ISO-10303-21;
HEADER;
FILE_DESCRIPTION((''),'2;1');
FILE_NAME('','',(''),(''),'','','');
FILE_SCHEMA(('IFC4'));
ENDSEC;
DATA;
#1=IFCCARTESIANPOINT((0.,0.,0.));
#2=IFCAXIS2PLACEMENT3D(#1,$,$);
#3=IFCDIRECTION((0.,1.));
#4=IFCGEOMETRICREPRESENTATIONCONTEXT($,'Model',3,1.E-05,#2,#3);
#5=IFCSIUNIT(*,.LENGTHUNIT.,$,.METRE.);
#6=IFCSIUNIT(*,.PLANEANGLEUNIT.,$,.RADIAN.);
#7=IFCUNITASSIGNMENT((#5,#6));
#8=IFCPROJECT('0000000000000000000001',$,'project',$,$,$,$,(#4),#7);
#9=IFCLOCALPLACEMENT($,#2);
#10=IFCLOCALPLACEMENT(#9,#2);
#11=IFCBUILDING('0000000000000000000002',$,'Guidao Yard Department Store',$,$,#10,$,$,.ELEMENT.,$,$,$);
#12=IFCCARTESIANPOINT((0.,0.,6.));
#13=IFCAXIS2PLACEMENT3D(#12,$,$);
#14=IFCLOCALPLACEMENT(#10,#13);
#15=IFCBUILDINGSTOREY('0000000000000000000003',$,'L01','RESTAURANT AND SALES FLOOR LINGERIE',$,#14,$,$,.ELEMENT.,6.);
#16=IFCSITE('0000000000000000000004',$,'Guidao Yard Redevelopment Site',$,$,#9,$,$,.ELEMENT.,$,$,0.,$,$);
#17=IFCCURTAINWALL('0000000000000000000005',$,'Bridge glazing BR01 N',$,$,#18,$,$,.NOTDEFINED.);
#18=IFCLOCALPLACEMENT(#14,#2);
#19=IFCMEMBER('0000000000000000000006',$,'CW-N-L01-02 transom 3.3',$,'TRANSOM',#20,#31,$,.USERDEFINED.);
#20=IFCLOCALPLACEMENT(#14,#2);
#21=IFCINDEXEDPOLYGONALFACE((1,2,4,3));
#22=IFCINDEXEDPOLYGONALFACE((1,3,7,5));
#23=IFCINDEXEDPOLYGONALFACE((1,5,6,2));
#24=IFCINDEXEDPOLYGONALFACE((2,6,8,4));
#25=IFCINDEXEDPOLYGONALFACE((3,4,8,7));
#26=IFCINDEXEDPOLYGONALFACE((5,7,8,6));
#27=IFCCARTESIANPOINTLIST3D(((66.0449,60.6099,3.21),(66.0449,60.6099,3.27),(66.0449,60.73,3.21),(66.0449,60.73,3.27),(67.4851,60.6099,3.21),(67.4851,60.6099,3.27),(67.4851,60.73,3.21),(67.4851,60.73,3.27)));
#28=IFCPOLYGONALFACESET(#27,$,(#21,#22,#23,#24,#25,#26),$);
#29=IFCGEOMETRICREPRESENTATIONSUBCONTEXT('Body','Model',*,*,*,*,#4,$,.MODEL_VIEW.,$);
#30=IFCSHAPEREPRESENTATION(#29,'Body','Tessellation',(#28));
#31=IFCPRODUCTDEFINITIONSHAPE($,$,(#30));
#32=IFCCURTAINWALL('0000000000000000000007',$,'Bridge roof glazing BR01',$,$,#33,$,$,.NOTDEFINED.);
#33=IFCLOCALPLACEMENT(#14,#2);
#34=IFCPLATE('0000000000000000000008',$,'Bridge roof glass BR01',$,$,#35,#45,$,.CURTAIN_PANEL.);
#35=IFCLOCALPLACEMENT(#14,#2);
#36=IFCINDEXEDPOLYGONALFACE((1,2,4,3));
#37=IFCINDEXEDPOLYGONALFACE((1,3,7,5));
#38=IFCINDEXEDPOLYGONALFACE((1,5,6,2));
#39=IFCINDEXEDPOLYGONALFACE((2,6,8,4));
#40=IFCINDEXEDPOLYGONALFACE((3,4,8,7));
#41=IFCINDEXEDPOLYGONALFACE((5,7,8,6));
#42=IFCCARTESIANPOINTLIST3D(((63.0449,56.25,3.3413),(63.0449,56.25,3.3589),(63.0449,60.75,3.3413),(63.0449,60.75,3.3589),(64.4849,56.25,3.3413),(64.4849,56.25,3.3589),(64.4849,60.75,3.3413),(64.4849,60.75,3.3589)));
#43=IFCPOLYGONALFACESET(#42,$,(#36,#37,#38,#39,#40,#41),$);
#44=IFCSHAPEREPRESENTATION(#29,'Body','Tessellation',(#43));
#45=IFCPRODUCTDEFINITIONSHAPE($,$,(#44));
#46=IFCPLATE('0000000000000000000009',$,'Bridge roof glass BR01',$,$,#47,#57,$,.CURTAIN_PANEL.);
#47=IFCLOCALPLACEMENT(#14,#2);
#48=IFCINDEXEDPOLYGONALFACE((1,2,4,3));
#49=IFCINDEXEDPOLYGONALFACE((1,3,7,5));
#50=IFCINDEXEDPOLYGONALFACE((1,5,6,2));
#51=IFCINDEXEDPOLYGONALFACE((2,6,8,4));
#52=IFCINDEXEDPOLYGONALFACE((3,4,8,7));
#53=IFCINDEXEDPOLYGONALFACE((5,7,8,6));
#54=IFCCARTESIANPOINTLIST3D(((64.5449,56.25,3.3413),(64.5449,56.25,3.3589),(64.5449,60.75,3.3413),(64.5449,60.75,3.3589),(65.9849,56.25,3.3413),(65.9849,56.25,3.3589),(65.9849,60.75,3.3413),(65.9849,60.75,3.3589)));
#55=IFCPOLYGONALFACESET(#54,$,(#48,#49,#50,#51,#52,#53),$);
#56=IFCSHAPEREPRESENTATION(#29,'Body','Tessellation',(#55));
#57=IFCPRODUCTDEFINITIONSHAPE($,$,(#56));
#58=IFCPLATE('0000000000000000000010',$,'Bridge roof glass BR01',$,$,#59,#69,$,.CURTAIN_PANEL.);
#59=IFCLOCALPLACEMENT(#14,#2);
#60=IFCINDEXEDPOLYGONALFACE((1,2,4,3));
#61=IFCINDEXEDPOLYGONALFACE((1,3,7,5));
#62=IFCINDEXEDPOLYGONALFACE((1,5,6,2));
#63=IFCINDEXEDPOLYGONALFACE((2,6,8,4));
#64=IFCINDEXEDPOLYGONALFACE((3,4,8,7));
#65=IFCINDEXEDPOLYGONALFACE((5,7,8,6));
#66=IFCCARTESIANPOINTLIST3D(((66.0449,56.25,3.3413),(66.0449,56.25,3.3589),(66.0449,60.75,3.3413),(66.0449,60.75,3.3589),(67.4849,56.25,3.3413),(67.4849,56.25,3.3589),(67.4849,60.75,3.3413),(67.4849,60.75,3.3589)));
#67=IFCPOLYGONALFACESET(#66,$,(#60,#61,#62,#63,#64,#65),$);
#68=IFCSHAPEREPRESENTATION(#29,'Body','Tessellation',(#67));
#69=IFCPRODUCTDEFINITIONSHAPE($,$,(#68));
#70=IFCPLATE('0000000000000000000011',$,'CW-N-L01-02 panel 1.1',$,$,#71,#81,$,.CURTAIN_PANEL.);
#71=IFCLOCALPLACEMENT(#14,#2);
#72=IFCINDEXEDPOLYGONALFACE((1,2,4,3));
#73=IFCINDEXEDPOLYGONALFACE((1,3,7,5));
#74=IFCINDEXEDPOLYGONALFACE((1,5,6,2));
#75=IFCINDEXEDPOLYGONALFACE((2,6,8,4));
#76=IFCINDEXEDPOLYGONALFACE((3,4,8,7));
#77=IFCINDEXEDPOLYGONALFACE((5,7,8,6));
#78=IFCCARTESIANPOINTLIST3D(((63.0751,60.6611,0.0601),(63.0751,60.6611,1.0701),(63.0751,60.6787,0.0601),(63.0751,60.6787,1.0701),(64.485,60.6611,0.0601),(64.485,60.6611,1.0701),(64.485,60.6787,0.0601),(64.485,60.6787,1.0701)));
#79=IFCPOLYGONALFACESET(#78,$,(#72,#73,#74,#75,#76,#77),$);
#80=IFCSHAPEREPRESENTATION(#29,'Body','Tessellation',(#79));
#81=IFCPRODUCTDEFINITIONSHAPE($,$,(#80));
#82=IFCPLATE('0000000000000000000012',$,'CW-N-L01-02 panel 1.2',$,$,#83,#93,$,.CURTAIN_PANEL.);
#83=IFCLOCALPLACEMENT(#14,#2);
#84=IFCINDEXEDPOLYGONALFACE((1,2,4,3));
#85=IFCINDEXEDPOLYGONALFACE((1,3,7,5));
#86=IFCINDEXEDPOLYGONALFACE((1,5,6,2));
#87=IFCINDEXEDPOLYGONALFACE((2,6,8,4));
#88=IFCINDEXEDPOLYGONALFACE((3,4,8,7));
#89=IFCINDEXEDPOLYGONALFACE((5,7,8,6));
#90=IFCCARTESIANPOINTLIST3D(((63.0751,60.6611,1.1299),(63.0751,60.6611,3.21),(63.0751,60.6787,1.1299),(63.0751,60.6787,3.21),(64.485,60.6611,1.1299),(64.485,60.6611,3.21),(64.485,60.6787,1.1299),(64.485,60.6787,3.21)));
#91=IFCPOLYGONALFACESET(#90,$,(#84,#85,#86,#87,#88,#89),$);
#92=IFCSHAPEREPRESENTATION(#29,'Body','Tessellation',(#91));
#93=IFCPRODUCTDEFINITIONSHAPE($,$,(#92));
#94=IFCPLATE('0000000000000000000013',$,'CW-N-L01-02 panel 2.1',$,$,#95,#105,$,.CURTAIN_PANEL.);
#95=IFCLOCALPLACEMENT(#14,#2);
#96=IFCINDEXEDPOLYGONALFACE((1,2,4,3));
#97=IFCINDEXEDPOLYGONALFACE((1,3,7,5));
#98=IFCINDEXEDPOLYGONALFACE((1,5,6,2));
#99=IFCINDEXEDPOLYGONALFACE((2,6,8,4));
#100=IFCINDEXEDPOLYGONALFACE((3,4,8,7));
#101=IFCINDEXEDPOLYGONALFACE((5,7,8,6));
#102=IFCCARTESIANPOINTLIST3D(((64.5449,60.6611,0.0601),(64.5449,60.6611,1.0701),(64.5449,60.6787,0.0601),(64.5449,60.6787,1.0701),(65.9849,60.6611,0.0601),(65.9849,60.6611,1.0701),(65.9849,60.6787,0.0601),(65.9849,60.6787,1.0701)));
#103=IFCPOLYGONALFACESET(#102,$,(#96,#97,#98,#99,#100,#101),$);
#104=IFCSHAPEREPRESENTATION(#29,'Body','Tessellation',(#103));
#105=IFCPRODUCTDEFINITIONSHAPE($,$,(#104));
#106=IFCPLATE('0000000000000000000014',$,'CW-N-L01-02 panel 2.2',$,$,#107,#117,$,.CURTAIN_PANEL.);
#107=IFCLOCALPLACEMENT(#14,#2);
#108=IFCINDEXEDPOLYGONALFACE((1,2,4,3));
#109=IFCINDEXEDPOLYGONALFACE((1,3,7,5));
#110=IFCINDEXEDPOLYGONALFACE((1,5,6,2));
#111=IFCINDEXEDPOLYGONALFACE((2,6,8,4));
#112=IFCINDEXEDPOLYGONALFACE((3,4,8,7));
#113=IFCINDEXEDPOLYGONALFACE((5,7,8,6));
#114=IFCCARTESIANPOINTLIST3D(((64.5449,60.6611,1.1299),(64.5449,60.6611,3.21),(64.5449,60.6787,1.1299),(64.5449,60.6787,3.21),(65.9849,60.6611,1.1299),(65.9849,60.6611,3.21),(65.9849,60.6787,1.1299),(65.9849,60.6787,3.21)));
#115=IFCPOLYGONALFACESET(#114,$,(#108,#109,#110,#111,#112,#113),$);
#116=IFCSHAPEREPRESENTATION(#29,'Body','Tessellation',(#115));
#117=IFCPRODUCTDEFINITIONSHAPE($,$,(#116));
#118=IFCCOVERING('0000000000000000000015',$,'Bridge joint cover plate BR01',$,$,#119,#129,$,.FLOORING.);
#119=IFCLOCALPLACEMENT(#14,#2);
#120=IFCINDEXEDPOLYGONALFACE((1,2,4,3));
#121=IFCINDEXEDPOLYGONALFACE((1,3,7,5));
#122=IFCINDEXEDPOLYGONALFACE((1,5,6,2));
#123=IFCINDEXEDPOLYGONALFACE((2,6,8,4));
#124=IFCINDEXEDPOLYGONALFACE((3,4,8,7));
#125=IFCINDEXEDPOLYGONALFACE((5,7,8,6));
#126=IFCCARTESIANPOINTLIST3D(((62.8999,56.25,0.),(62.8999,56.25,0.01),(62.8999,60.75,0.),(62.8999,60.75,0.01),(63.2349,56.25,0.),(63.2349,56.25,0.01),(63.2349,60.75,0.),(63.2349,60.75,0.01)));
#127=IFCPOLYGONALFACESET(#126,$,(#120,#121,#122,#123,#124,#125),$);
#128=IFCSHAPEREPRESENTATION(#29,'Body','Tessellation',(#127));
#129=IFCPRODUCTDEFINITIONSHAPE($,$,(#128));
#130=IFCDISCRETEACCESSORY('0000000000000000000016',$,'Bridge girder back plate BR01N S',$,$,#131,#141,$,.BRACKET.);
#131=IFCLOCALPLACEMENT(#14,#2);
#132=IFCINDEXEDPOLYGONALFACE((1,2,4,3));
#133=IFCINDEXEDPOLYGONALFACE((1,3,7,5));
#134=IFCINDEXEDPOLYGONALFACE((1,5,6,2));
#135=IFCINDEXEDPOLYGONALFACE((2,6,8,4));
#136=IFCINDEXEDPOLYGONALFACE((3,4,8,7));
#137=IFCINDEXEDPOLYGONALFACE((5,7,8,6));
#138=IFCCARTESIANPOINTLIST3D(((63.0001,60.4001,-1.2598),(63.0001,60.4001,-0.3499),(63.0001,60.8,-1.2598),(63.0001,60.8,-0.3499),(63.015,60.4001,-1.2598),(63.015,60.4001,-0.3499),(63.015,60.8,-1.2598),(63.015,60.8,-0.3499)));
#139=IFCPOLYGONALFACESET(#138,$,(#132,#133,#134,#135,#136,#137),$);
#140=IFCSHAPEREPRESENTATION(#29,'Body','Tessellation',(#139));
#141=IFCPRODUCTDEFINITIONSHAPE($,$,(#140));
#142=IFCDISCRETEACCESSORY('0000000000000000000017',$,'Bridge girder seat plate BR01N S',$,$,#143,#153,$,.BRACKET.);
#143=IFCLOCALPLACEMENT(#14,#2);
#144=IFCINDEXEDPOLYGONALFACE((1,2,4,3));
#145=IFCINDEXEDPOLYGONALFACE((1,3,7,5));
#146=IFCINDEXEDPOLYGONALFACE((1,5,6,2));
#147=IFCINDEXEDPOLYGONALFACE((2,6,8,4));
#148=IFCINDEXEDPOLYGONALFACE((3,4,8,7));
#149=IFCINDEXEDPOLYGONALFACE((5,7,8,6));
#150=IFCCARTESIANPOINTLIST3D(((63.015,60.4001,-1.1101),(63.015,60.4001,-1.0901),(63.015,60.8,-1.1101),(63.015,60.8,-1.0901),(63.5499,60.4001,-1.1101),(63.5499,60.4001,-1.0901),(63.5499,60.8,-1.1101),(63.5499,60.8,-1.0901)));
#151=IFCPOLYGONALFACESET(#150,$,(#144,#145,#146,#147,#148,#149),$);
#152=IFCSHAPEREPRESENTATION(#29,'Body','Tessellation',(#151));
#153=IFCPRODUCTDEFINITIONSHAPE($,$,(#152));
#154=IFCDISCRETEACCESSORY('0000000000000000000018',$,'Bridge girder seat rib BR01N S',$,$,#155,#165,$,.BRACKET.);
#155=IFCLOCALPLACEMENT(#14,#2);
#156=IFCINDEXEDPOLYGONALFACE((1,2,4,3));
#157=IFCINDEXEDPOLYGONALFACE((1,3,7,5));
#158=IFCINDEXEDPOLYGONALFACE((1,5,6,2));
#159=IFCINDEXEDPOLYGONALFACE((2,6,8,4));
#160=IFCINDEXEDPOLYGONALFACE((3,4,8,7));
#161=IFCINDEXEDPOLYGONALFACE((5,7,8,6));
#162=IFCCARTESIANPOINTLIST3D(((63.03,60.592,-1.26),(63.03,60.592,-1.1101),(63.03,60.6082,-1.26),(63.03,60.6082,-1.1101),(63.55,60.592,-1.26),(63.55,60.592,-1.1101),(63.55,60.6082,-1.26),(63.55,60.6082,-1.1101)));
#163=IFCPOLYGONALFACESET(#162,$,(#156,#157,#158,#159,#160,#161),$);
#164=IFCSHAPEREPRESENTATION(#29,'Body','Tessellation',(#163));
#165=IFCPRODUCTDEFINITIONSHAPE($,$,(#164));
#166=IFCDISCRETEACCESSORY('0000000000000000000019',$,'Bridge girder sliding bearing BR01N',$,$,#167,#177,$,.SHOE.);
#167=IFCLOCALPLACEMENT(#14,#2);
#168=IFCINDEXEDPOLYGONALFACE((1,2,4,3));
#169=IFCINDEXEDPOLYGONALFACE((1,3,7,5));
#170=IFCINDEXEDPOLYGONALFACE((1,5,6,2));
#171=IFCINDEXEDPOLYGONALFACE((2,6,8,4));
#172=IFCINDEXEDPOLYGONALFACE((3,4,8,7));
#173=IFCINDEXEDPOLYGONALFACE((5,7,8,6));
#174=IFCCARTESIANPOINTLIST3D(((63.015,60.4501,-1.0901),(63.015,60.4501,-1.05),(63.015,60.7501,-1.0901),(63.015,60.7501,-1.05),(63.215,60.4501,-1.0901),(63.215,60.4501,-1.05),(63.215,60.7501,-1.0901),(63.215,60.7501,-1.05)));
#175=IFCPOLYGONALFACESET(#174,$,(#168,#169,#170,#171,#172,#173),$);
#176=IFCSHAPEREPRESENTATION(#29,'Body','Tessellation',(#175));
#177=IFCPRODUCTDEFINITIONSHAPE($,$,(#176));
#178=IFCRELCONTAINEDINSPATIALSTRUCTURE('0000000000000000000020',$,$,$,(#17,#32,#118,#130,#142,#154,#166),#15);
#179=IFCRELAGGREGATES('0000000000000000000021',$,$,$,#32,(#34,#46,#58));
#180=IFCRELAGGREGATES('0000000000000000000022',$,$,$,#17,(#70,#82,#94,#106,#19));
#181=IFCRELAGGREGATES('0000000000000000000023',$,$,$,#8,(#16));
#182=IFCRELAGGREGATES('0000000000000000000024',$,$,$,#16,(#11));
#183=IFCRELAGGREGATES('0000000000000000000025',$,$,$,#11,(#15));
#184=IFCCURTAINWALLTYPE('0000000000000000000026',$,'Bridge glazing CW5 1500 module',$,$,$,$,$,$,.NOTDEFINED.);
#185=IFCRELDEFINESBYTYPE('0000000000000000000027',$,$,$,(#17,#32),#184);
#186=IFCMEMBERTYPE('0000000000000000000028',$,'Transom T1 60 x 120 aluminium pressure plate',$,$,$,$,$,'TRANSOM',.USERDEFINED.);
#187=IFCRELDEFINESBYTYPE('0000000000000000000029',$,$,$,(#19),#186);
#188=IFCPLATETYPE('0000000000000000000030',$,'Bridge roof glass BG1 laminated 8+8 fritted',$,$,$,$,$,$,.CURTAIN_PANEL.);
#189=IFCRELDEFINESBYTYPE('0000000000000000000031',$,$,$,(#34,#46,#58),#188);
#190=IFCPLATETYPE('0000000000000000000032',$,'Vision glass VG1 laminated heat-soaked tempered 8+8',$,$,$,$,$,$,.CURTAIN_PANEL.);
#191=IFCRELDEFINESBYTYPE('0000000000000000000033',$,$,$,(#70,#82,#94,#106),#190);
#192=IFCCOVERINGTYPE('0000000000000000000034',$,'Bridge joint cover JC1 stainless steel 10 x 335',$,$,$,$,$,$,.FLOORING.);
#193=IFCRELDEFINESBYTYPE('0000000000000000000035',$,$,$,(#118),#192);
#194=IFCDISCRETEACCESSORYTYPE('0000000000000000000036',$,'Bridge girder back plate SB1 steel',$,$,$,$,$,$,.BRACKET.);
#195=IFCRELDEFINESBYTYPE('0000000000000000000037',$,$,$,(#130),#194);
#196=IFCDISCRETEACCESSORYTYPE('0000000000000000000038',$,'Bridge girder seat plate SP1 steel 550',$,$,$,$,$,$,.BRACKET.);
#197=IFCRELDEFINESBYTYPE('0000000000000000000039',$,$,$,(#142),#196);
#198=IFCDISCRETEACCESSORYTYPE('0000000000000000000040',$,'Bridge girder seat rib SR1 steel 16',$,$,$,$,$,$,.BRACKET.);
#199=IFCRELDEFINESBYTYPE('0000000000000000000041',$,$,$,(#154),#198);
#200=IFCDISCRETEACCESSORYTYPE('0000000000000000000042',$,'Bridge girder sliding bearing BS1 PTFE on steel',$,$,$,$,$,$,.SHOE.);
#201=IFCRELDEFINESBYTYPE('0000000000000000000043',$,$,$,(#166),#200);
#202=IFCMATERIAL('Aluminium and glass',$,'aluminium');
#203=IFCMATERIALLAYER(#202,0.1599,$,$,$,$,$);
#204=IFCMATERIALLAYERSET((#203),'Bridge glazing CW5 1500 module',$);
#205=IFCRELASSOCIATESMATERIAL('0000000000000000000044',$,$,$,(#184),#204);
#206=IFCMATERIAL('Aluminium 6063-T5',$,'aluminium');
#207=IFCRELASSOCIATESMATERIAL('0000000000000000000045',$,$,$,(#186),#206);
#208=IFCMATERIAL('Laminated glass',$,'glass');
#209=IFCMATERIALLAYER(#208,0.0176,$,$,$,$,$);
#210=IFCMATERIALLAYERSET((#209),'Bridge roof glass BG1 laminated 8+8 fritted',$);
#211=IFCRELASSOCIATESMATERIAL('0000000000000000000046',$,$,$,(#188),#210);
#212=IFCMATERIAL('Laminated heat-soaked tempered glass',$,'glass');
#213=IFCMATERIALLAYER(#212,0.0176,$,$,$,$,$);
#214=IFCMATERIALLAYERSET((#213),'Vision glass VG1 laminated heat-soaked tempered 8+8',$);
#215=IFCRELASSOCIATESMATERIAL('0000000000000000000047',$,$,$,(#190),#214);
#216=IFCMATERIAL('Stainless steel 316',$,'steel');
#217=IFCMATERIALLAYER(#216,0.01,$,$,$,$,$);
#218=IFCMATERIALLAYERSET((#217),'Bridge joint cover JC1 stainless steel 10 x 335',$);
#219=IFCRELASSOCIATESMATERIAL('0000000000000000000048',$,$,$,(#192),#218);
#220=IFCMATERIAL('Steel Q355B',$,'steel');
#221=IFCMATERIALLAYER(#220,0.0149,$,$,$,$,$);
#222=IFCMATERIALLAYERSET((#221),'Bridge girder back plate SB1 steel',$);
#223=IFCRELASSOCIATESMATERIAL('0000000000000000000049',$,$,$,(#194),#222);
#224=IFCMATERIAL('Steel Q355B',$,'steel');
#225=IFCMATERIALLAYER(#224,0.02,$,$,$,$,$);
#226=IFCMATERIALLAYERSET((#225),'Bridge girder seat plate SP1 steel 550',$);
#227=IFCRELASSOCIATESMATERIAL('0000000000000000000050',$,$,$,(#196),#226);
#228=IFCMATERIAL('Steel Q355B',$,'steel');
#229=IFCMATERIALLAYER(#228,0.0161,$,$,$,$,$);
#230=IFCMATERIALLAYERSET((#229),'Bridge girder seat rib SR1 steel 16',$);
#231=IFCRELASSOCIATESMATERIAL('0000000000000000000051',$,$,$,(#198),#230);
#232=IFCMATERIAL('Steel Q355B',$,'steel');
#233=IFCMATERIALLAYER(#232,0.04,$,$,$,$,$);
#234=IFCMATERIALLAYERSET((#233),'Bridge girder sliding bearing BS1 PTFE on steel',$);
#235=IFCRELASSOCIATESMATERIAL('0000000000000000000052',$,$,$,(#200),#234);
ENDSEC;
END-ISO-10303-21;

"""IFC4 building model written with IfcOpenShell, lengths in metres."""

from ifc_helpers import new_model, si_unit, direction, frame, origin, origin_2d, place, context, subcontext, project, spatial, rectangle, extrude, material, layer, layer_set, material_profile, profile_set, type_object, element, aggregate, save


model = new_model("IFC4")

# Units and contexts
model_context = context("Model", 3, precision=1e-05, world=origin(), true_north=direction((0.0, 1.0)))
body_context = subcontext(model_context, "Body", "Model", "MODEL_VIEW")
ifc_project = project(units=[si_unit("LENGTHUNIT", "METRE"), si_unit("PLANEANGLEUNIT", "RADIAN")], contexts=[model_context])

# Site, building, storey
site_placement = place(None, origin())
site = spatial("IfcSite", under=ifc_project, at=site_placement, Name="Guidao Yard Redevelopment Site", CompositionType="ELEMENT", RefElevation=0.0)
building_placement = place(site_placement, origin())
building = spatial("IfcBuilding", under=site, at=building_placement, Name="Guidao Yard Department Store", CompositionType="ELEMENT")
storey_placement = place(building_placement, frame((0.0, 0.0, 6.0)))
storey = spatial("IfcBuildingStorey", under=building, at=storey_placement, Name="L01", Description="RESTAURANT AND SALES FLOOR LINGERIE", CompositionType="ELEMENT", Elevation=6.0)

# Curtain wall, member
ifc_material_1 = material(Name="Aluminium and glass", Category="aluminium")
ifc_layer_1 = layer(ifc_material_1, 0.1599)
ifc_layer_set_1 = layer_set([ifc_layer_1], Name="Bridge glazing CW5 1500 module")
curtain_wall_type = type_object("IfcCurtainWallType", Name="Bridge glazing CW5 1500 module", PredefinedType="NOTDEFINED", material=ifc_layer_set_1)
curtain_wall_1_placement = place(storey_placement, origin())
curtain_wall_1 = element("IfcCurtainWall", 1, at=curtain_wall_1_placement, inside=storey, type_object=curtain_wall_type, Name="Bridge glazing BR01 N", PredefinedType="NOTDEFINED")
ifc_material_2 = material(Name="Aluminium 6063-T5", Category="aluminium")
ifc_material_profile_1 = material_profile(ifc_material_2, rectangle(XDim=0.1201, YDim=0.0601, at=origin_2d()), Name="Transom T1 60 x 120 aluminium pressure plate")
ifc_profile_set_1 = profile_set([ifc_material_profile_1], Name="Aluminium 6063-T5")
member_type_1 = type_object("IfcMemberType", Name="Transom T1 60 x 120 aluminium pressure plate", ElementType="TRANSOM", PredefinedType="USERDEFINED", material=ifc_profile_set_1)
member_1_placement = place(storey_placement, frame((66.0449, 60.6699, 3.24), z_axis=(1.0, 0.0, 0.0), x_axis=(0.0, 1.0, 0.0)))
member_1 = element("IfcMember", 2, at=member_1_placement, type_object=member_type_1, Name="CW-N-L01-02 transom 3.3", ObjectType="TRANSOM", PredefinedType="USERDEFINED", context=body_context, shape_type="SweptSolid", body=[
    extrude(rectangle(XDim=0.1201, YDim=0.0601, at=origin_2d()), origin(), (0.0, 0.0, 1.0), 1.4402),
])

# Curtain wall, plates
curtain_wall_2_placement = place(storey_placement, origin())
curtain_wall_2 = element("IfcCurtainWall", 3, at=curtain_wall_2_placement, inside=storey, type_object=curtain_wall_type, Name="Bridge roof glazing BR01", PredefinedType="NOTDEFINED")
ifc_material_3 = material(Name="Laminated glass", Category="glass")
ifc_layer_2 = layer(ifc_material_3, 0.0176)
ifc_layer_set_2 = layer_set([ifc_layer_2], Name="Bridge roof glass BG1 laminated 8+8 fritted")
plate_type_1 = type_object("IfcPlateType", Name="Bridge roof glass BG1 laminated 8+8 fritted", PredefinedType="CURTAIN_PANEL", material=ifc_layer_set_2)
plate_1_placement = place(storey_placement, frame((63.7649, 58.5, 3.3413), z_axis=(0.0, 0.0, 1.0), x_axis=(1.0, 0.0, 0.0)))
plate_1 = element("IfcPlate", 4, at=plate_1_placement, type_object=plate_type_1, Name="Bridge roof glass BR01", PredefinedType="CURTAIN_PANEL", context=body_context, shape_type="SweptSolid", body=[
    extrude(rectangle(XDim=1.4399, YDim=4.5, at=origin_2d()), origin(), (0.0, 0.0, 1.0), 0.0176),
])
plate_2_placement = place(storey_placement, frame((65.2649, 58.5, 3.3413), z_axis=(0.0, 0.0, 1.0), x_axis=(1.0, 0.0, 0.0)))
plate_2 = element("IfcPlate", 5, at=plate_2_placement, type_object=plate_type_1, Name="Bridge roof glass BR01", PredefinedType="CURTAIN_PANEL", context=body_context, shape_type="SweptSolid", body=[
    extrude(rectangle(XDim=1.4399, YDim=4.5, at=origin_2d()), origin(), (0.0, 0.0, 1.0), 0.0176),
])
plate_3_placement = place(storey_placement, frame((66.7649, 58.5, 3.3413), z_axis=(0.0, 0.0, 1.0), x_axis=(1.0, 0.0, 0.0)))
plate_3 = element("IfcPlate", 6, at=plate_3_placement, type_object=plate_type_1, Name="Bridge roof glass BR01", PredefinedType="CURTAIN_PANEL", context=body_context, shape_type="SweptSolid", body=[
    extrude(rectangle(XDim=1.4399, YDim=4.5, at=origin_2d()), origin(), (0.0, 0.0, 1.0), 0.0176),
])
aggregate(curtain_wall_2, [plate_1, plate_2, plate_3])

# Plates
ifc_material_4 = material(Name="Laminated heat-soaked tempered glass", Category="glass")
ifc_layer_3 = layer(ifc_material_4, 0.0176)
ifc_layer_set_3 = layer_set([ifc_layer_3], Name="Vision glass VG1 laminated heat-soaked tempered 8+8")
plate_type_2 = type_object("IfcPlateType", Name="Vision glass VG1 laminated heat-soaked tempered 8+8", PredefinedType="CURTAIN_PANEL", material=ifc_layer_set_3)
plate_4_placement = place(storey_placement, frame((63.78, 60.6699, 0.0601), z_axis=(0.0, 0.0, 1.0), x_axis=(1.0, 0.0, 0.0)))
plate_4 = element("IfcPlate", 7, at=plate_4_placement, type_object=plate_type_2, Name="CW-N-L01-02 panel 1.1", PredefinedType="CURTAIN_PANEL", context=body_context, shape_type="SweptSolid", body=[
    extrude(rectangle(XDim=1.4099, YDim=0.0176, at=origin_2d()), origin(), (0.0, 0.0, 1.0), 1.01),
])
plate_5_placement = place(storey_placement, frame((63.78, 60.6699, 1.1299), z_axis=(0.0, 0.0, 1.0), x_axis=(1.0, 0.0, 0.0)))
plate_5 = element("IfcPlate", 8, at=plate_5_placement, type_object=plate_type_2, Name="CW-N-L01-02 panel 1.2", PredefinedType="CURTAIN_PANEL", context=body_context, shape_type="SweptSolid", body=[
    extrude(rectangle(XDim=1.4099, YDim=0.0176, at=origin_2d()), origin(), (0.0, 0.0, 1.0), 2.0801),
])
plate_6_placement = place(storey_placement, frame((65.2649, 60.6699, 0.0601), z_axis=(0.0, 0.0, 1.0), x_axis=(1.0, 0.0, 0.0)))
plate_6 = element("IfcPlate", 9, at=plate_6_placement, type_object=plate_type_2, Name="CW-N-L01-02 panel 2.1", PredefinedType="CURTAIN_PANEL", context=body_context, shape_type="SweptSolid", body=[
    extrude(rectangle(XDim=1.4399, YDim=0.0176, at=origin_2d()), origin(), (0.0, 0.0, 1.0), 1.01),
])
plate_7_placement = place(storey_placement, frame((65.2649, 60.6699, 1.1299), z_axis=(0.0, 0.0, 1.0), x_axis=(1.0, 0.0, 0.0)))
plate_7 = element("IfcPlate", 10, at=plate_7_placement, type_object=plate_type_2, Name="CW-N-L01-02 panel 2.2", PredefinedType="CURTAIN_PANEL", context=body_context, shape_type="SweptSolid", body=[
    extrude(rectangle(XDim=1.4399, YDim=0.0176, at=origin_2d()), origin(), (0.0, 0.0, 1.0), 2.0801),
])
aggregate(curtain_wall_1, [plate_4, plate_5, plate_6, plate_7, member_1])

# Covering
ifc_material_5 = material(Name="Stainless steel 316", Category="steel")
ifc_layer_4 = layer(ifc_material_5, 0.01)
ifc_layer_set_4 = layer_set([ifc_layer_4], Name="Bridge joint cover JC1 stainless steel 10 x 335")
covering_type = type_object("IfcCoveringType", Name="Bridge joint cover JC1 stainless steel 10 x 335", PredefinedType="FLOORING", material=ifc_layer_set_4)
covering_placement = place(storey_placement, frame((63.0674, 58.5, 0.0), z_axis=(0.0, 0.0, 1.0), x_axis=(1.0, 0.0, 0.0)))
element("IfcCovering", 11, at=covering_placement, inside=storey, type_object=covering_type, Name="Bridge joint cover plate BR01", PredefinedType="FLOORING", context=body_context, shape_type="SweptSolid", body=[
    extrude(rectangle(XDim=0.335, YDim=4.5, at=origin_2d()), origin(), (0.0, 0.0, 1.0), 0.01),
])

# Discrete accessories
ifc_material_6 = material(Name="Steel Q355B", Category="steel")
ifc_layer_5 = layer(ifc_material_6, 0.0149)
ifc_layer_set_5 = layer_set([ifc_layer_5], Name="Bridge girder back plate SB1 steel")
discrete_accessory_type_1 = type_object("IfcDiscreteAccessoryType", Name="Bridge girder back plate SB1 steel", PredefinedType="BRACKET", material=ifc_layer_set_5)
discrete_accessory_1_placement = place(storey_placement, frame((63.0076, 60.6001, -1.2598), z_axis=(0.0, 0.0, 1.0), x_axis=(1.0, 0.0, 0.0)))
element("IfcDiscreteAccessory", 12, at=discrete_accessory_1_placement, inside=storey, type_object=discrete_accessory_type_1, Name="Bridge girder back plate BR01N S", PredefinedType="BRACKET", context=body_context, shape_type="SweptSolid", body=[
    extrude(rectangle(XDim=0.0149, YDim=0.3999, at=origin_2d()), origin(), (0.0, 0.0, 1.0), 0.9099),
])
ifc_material_7 = material(Name="Steel Q355B", Category="steel")
ifc_layer_6 = layer(ifc_material_7, 0.02)
ifc_layer_set_6 = layer_set([ifc_layer_6], Name="Bridge girder seat plate SP1 steel 550")
discrete_accessory_type_2 = type_object("IfcDiscreteAccessoryType", Name="Bridge girder seat plate SP1 steel 550", PredefinedType="BRACKET", material=ifc_layer_set_6)
discrete_accessory_2_placement = place(storey_placement, frame((63.2825, 60.6001, -1.1101), z_axis=(0.0, 0.0, 1.0), x_axis=(1.0, 0.0, 0.0)))
element("IfcDiscreteAccessory", 13, at=discrete_accessory_2_placement, inside=storey, type_object=discrete_accessory_type_2, Name="Bridge girder seat plate BR01N S", PredefinedType="BRACKET", context=body_context, shape_type="SweptSolid", body=[
    extrude(rectangle(XDim=0.5349, YDim=0.3999, at=origin_2d()), origin(), (0.0, 0.0, 1.0), 0.02),
])
ifc_material_8 = material(Name="Steel Q355B", Category="steel")
ifc_layer_7 = layer(ifc_material_8, 0.0161)
ifc_layer_set_7 = layer_set([ifc_layer_7], Name="Bridge girder seat rib SR1 steel 16")
discrete_accessory_type_3 = type_object("IfcDiscreteAccessoryType", Name="Bridge girder seat rib SR1 steel 16", PredefinedType="BRACKET", material=ifc_layer_set_7)
discrete_accessory_3_placement = place(storey_placement, frame((63.29, 60.6001, -1.26), z_axis=(0.0, 0.0, 1.0), x_axis=(1.0, 0.0, 0.0)))
element("IfcDiscreteAccessory", 14, at=discrete_accessory_3_placement, inside=storey, type_object=discrete_accessory_type_3, Name="Bridge girder seat rib BR01N S", PredefinedType="BRACKET", context=body_context, shape_type="SweptSolid", body=[
    extrude(rectangle(XDim=0.52, YDim=0.0161, at=origin_2d()), origin(), (0.0, 0.0, 1.0), 0.1499),
])
ifc_material_9 = material(Name="Steel Q355B", Category="steel")
ifc_layer_8 = layer(ifc_material_9, 0.04)
ifc_layer_set_8 = layer_set([ifc_layer_8], Name="Bridge girder sliding bearing BS1 PTFE on steel")
discrete_accessory_type_4 = type_object("IfcDiscreteAccessoryType", Name="Bridge girder sliding bearing BS1 PTFE on steel", PredefinedType="SHOE", material=ifc_layer_set_8)
discrete_accessory_4_placement = place(storey_placement, frame((63.115, 60.6001, -1.0901), z_axis=(0.0, 0.0, 1.0), x_axis=(1.0, 0.0, 0.0)))
element("IfcDiscreteAccessory", 15, at=discrete_accessory_4_placement, inside=storey, type_object=discrete_accessory_type_4, Name="Bridge girder sliding bearing BR01N", PredefinedType="SHOE", context=body_context, shape_type="SweptSolid", body=[
    extrude(rectangle(XDim=0.2, YDim=0.3, at=origin_2d()), origin(), (0.0, 0.0, 1.0), 0.04),
])

save(model, "model.ifc")
